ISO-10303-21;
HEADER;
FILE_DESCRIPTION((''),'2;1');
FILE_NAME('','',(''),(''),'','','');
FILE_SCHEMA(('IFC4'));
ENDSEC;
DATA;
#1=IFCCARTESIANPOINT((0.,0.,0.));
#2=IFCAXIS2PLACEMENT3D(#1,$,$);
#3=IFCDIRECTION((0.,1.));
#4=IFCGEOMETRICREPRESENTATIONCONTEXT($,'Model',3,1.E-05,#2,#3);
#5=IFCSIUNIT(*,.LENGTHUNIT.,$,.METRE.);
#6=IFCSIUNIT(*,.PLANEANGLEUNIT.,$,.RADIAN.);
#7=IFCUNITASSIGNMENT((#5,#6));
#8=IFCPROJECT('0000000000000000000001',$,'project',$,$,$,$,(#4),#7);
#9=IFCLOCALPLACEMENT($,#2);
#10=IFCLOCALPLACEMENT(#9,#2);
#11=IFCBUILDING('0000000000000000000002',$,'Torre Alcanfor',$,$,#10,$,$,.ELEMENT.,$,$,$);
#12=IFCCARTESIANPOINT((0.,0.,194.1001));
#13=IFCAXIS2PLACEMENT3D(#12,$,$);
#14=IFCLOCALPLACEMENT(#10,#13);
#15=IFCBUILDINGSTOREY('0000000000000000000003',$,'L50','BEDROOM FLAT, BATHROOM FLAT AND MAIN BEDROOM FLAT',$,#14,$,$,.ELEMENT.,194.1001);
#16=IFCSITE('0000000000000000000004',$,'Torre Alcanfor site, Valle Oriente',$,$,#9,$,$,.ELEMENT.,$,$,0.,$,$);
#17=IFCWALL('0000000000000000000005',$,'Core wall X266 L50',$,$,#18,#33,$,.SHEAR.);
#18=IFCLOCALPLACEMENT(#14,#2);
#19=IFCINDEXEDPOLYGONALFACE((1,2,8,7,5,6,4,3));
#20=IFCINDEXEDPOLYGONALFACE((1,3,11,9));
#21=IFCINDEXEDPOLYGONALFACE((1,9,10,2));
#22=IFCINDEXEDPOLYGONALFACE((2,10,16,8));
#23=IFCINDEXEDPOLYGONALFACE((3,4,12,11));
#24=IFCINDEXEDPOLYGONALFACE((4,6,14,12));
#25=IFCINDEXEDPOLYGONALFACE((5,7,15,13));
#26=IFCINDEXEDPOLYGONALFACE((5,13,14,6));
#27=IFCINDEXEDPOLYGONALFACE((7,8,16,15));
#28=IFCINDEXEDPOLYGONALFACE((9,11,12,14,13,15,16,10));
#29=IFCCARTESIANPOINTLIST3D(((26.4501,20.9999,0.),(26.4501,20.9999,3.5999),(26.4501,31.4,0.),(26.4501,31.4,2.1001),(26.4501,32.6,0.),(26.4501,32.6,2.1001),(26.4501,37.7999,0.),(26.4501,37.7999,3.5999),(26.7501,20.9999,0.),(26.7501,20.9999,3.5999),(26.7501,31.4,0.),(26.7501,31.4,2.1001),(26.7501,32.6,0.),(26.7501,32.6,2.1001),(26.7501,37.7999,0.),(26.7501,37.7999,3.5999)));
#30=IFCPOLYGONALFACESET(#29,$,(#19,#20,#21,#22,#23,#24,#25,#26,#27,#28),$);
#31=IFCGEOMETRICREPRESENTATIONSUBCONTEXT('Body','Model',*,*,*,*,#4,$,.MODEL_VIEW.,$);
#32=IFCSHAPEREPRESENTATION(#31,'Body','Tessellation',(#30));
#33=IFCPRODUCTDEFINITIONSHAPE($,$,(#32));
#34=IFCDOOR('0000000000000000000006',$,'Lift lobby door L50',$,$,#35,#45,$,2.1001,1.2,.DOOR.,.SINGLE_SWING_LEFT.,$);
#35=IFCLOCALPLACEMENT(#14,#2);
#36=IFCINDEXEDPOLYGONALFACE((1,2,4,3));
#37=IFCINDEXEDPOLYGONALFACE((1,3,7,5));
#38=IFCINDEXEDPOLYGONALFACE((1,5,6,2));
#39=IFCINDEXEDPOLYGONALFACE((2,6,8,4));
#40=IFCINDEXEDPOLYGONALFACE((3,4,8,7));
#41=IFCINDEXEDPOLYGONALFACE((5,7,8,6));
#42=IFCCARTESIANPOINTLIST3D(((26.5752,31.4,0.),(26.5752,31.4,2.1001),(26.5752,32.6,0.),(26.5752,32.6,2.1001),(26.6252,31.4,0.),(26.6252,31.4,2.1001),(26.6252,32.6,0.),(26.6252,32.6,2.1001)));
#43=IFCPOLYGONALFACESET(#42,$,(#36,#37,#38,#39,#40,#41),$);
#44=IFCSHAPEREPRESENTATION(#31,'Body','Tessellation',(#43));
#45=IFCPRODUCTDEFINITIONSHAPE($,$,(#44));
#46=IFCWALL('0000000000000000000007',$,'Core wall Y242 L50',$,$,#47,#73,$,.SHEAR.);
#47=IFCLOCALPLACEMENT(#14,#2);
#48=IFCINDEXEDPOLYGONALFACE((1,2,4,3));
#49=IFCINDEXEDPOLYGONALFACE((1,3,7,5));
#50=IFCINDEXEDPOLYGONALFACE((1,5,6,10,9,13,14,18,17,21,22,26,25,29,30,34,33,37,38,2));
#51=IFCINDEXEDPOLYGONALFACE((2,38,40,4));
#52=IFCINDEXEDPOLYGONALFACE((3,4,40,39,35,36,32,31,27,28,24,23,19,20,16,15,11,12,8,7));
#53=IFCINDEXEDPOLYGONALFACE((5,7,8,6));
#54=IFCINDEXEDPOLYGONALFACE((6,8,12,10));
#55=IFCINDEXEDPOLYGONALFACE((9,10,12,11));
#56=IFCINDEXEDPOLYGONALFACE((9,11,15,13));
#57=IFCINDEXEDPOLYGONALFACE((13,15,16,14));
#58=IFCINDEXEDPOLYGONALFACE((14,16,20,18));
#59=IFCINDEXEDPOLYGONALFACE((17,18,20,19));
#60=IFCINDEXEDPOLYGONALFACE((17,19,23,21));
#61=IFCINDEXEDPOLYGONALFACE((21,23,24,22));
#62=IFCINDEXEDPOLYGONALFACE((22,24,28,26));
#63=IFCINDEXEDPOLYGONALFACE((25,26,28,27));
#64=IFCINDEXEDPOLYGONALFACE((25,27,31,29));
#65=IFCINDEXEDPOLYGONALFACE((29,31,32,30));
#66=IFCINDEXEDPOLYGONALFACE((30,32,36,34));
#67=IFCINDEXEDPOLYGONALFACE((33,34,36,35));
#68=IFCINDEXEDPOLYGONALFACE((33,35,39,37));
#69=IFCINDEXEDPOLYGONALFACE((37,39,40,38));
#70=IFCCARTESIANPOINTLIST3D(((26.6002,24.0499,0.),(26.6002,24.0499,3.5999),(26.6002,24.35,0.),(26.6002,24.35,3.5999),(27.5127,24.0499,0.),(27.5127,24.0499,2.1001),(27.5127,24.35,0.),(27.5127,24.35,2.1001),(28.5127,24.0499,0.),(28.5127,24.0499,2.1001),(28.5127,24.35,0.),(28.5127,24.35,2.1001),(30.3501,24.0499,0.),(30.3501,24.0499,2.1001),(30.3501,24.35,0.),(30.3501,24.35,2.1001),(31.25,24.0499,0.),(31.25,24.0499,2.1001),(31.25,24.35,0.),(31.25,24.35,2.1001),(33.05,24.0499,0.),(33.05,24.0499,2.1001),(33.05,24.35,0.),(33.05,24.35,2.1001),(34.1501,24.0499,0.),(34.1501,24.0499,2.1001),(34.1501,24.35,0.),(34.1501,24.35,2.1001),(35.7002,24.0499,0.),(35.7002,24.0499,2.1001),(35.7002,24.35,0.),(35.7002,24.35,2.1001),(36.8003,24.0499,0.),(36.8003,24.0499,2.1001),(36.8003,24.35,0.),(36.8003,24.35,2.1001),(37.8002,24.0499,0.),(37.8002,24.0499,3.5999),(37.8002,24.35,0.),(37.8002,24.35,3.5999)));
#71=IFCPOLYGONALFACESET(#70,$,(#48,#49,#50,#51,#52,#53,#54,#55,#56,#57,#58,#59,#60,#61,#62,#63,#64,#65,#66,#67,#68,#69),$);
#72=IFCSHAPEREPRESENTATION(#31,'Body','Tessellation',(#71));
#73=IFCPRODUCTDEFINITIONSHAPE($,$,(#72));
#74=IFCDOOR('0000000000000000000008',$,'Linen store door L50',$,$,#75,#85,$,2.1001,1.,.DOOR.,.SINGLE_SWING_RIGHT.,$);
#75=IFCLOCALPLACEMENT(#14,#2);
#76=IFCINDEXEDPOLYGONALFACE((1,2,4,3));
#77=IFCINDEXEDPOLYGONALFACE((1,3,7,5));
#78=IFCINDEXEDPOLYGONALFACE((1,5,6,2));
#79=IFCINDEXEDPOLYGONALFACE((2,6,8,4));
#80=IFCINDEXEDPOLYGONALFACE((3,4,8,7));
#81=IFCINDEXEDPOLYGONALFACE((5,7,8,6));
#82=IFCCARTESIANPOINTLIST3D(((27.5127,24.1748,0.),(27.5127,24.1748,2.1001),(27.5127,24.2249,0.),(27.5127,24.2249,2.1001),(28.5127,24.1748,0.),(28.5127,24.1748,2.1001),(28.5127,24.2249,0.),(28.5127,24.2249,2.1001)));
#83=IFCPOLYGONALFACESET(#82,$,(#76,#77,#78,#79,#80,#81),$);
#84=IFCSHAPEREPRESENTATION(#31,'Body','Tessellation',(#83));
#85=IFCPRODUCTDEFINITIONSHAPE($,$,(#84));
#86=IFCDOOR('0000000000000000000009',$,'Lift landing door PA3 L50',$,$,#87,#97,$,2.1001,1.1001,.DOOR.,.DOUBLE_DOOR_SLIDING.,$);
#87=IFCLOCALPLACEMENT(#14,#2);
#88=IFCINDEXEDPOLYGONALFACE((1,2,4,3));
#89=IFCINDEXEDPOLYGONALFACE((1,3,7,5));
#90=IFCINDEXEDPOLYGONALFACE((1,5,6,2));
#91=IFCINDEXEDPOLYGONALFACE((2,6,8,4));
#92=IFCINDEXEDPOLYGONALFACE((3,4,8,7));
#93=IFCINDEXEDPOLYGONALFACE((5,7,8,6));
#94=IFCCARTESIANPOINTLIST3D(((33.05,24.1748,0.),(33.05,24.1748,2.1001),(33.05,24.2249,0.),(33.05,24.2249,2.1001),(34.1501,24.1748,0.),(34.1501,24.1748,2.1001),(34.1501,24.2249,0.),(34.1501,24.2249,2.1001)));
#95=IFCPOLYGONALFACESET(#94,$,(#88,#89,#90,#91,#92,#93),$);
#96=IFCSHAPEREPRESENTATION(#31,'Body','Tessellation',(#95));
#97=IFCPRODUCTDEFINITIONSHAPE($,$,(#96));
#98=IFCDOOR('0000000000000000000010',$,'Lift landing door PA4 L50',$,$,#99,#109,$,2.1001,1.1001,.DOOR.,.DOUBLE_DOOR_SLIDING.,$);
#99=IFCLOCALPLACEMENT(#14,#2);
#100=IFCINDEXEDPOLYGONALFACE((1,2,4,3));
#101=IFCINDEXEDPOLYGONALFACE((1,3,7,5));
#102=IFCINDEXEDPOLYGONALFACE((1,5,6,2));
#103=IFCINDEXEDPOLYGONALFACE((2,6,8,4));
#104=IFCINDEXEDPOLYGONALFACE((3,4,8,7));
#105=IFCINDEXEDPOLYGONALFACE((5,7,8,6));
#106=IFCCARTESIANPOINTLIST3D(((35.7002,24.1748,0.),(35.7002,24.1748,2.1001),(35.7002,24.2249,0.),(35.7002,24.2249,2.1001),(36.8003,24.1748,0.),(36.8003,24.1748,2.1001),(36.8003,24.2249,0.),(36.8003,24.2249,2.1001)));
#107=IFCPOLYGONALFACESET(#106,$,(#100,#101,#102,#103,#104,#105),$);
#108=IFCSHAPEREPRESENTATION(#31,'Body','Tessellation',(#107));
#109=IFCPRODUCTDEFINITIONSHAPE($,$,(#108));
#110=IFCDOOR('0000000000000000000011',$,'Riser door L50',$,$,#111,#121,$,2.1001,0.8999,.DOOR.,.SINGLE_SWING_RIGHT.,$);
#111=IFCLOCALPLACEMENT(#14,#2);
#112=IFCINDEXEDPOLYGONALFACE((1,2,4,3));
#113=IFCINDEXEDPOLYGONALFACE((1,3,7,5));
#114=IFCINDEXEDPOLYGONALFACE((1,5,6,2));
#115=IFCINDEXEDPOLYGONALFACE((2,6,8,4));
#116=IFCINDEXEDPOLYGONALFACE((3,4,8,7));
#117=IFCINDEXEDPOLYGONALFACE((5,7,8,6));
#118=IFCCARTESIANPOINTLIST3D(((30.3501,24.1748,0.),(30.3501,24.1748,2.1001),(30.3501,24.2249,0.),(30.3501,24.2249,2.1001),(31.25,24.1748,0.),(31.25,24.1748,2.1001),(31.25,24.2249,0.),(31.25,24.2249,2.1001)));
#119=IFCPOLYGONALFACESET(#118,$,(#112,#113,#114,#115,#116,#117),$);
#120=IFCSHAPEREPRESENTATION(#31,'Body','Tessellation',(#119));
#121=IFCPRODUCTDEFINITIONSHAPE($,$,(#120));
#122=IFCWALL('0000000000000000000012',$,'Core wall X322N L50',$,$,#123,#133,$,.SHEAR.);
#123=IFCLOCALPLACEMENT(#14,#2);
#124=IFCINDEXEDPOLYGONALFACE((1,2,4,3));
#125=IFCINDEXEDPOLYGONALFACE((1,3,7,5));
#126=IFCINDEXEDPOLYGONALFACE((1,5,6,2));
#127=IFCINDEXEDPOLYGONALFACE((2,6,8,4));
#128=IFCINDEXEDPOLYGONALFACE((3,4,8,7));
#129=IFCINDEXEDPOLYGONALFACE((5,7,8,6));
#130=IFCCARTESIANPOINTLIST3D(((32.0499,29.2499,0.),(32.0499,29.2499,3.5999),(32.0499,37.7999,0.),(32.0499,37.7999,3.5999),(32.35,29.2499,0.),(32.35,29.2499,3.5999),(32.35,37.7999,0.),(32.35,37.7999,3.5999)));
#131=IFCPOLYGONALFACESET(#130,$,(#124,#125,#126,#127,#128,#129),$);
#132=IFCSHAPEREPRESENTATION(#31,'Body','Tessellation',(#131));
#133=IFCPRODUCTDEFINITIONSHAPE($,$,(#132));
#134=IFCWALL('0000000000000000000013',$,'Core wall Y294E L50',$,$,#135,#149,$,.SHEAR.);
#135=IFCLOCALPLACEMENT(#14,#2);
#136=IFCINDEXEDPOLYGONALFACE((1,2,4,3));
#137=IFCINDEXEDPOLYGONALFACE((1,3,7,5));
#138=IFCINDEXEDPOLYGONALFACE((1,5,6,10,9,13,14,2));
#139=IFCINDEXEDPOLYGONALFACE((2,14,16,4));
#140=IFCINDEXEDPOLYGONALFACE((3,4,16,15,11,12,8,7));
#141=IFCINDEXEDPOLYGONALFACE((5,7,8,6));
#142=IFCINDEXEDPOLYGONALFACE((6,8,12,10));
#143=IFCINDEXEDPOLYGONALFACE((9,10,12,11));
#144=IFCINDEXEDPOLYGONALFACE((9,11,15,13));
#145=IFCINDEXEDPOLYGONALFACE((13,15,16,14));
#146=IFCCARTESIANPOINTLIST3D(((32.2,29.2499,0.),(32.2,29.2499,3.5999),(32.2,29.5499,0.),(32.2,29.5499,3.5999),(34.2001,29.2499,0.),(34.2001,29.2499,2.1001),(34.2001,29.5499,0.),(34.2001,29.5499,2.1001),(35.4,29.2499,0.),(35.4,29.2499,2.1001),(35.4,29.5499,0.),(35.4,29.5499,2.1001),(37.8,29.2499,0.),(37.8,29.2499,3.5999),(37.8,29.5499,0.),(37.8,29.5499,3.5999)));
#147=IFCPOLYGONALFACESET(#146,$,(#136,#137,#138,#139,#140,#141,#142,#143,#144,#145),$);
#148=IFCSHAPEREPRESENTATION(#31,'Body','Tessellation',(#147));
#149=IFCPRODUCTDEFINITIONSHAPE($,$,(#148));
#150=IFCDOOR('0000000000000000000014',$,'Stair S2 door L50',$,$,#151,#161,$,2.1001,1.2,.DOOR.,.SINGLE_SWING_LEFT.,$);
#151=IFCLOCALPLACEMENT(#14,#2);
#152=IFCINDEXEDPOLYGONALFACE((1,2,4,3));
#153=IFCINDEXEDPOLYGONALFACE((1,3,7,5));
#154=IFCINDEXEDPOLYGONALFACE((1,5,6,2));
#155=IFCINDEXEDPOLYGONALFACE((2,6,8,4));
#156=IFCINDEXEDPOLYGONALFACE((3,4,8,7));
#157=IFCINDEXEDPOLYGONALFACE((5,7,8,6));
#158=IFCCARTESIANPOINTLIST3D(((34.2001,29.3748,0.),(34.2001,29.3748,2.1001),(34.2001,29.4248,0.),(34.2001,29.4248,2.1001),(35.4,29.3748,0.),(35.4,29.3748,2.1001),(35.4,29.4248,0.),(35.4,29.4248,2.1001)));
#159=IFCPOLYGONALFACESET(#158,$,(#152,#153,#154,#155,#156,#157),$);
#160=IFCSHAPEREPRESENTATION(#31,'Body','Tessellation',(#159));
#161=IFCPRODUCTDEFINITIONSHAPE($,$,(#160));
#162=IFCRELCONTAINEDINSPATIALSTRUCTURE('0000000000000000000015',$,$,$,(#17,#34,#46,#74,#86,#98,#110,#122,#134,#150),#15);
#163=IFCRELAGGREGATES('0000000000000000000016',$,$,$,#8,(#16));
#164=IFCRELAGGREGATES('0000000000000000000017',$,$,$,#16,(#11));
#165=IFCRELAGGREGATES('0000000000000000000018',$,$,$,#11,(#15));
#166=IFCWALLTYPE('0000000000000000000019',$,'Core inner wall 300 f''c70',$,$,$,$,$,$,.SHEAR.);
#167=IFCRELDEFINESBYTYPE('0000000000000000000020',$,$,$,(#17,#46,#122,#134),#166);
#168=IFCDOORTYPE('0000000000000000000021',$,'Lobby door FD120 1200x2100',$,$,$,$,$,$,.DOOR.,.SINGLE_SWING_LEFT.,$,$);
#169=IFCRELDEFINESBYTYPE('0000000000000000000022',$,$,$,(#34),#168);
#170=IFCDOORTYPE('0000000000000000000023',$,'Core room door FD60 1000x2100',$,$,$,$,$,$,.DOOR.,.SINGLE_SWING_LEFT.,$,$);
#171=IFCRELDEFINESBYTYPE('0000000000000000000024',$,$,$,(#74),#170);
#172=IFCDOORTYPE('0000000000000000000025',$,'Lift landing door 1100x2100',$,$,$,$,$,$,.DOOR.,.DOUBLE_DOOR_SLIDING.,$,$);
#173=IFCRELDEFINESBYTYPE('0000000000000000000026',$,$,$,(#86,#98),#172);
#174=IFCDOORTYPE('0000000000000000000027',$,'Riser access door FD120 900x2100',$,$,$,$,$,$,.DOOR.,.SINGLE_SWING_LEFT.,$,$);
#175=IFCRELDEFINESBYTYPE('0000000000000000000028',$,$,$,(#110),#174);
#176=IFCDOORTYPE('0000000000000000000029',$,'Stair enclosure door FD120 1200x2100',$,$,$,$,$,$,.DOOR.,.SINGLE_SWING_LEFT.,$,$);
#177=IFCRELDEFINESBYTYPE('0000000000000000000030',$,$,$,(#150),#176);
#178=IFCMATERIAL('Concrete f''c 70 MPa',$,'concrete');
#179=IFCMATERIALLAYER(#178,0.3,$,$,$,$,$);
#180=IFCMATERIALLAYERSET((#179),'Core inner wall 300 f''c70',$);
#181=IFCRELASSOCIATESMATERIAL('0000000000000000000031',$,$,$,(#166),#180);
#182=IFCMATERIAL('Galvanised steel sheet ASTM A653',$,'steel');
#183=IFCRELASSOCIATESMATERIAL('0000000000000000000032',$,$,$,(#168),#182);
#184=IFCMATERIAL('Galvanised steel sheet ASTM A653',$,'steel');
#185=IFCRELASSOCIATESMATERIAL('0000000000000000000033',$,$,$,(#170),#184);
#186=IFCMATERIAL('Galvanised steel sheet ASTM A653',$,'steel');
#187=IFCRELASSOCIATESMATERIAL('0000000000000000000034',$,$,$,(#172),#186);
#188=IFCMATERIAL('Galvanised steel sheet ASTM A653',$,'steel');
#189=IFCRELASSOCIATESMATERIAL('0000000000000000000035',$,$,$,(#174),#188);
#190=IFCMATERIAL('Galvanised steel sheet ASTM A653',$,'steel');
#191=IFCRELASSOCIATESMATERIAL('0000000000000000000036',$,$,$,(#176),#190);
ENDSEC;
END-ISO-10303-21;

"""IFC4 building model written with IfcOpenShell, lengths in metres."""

from ifc_helpers import new_model, si_unit, direction, frame, frame_2d, origin, place, context, subcontext, project, spatial, rectangle, extrude, material, layer, layer_set, type_object, element, fill, save


model = new_model("IFC4")

# Units and contexts
model_context = context("Model", 3, precision=1e-05, world=origin(), true_north=direction((0.0, 1.0)))
body_context = subcontext(model_context, "Body", "Model", "MODEL_VIEW")
ifc_project = project(units=[si_unit("LENGTHUNIT", "METRE"), si_unit("PLANEANGLEUNIT", "RADIAN")], contexts=[model_context])

# Site, building, storey
site_placement = place(None, origin())
site = spatial("IfcSite", under=ifc_project, at=site_placement, Name="Torre Alcanfor site, Valle Oriente", CompositionType="ELEMENT", RefElevation=0.0)
building_placement = place(site_placement, origin())
building = spatial("IfcBuilding", under=site, at=building_placement, Name="Torre Alcanfor", CompositionType="ELEMENT")
storey_placement = place(building_placement, frame((0.0, 0.0, 194.1001)))
storey = spatial("IfcBuildingStorey", under=building, at=storey_placement, Name="L50", Description="BEDROOM FLAT, BATHROOM FLAT AND MAIN BEDROOM FLAT", CompositionType="ELEMENT", Elevation=194.1001)

# Wall, opening, door
ifc_material_1 = material(Name="Concrete f'c 70 MPa", Category="concrete")
ifc_layer_1 = layer(ifc_material_1, 0.3)
ifc_layer_set_1 = layer_set([ifc_layer_1], Name="Core inner wall 300 f'c70")
wall_type_1 = type_object("IfcWallType", Name="Core inner wall 300 f'c70", PredefinedType="SHEAR", material=ifc_layer_set_1)
wall_1_placement = place(storey_placement, frame((26.6001, 21.0, 0.0), z_axis=(0.0, 0.0, 1.0), x_axis=(0.0, 1.0, 0.0)))
wall_1 = element("IfcWall", 1, at=wall_1_placement, inside=storey, type_object=wall_type_1, Name="Core wall X266 L50", PredefinedType="SHEAR", context=body_context, shape_type="SweptSolid", body=[
    extrude(rectangle(XDim=16.8, YDim=0.3, at=frame_2d((8.3999, 0.0))), origin(), (0.0, 0.0, 1.0), 3.5999),
])
opening_1_placement = place(wall_1_placement, frame((10.3999, 0.0, 0.0)))
opening_1 = element("IfcOpeningElement", 2, at=opening_1_placement, cuts=wall_1, PredefinedType="OPENING", context=body_context, shape_type="SweptSolid", body=[
    extrude(rectangle(XDim=1.2, YDim=2.1001, at=frame_2d((0.6001, 1.05))), frame((0.0, 0.1599, 0.0), z_axis=(0.0, -1.0, 0.0), x_axis=(1.0, 0.0, 0.0)), (0.0, 0.0, 1.0), 0.3201),
])
ifc_material_2 = material(Name="Galvanised steel sheet ASTM A653", Category="steel")
door_type_1 = type_object("IfcDoorType", Name="Lobby door FD120 1200x2100", OperationType="SINGLE_SWING_LEFT", PredefinedType="DOOR", material=ifc_material_2)
door_1_placement = place(opening_1_placement, origin())
door_1 = element("IfcDoor", 3, at=door_1_placement, inside=storey, type_object=door_type_1, Name="Lift lobby door L50", OperationType="SINGLE_SWING_LEFT", OverallHeight=2.1001, OverallWidth=1.2, PredefinedType="DOOR", context=body_context, shape_type="SweptSolid", body=[
    extrude(rectangle(XDim=1.2, YDim=2.1001, at=frame_2d((0.6001, 1.05))), frame((0.0, 0.0249, 0.0), z_axis=(0.0, -1.0, 0.0), x_axis=(1.0, 0.0, 0.0)), (0.0, 0.0, 1.0), 0.05),
])
fill(opening_1, door_1)

# Wall, openings, doors
wall_2_placement = place(storey_placement, frame((26.6001, 24.2, 0.0), z_axis=(0.0, 0.0, 1.0), x_axis=(1.0, 0.0, 0.0)))
wall_2 = element("IfcWall", 4, at=wall_2_placement, inside=storey, type_object=wall_type_1, Name="Core wall Y242 L50", PredefinedType="SHEAR", context=body_context, shape_type="SweptSolid", body=[
    extrude(rectangle(XDim=11.2, YDim=0.3, at=frame_2d((5.6001, 0.0))), origin(), (0.0, 0.0, 1.0), 3.5999),
])
opening_2_placement = place(wall_2_placement, frame((0.9126, 0.0, 0.0)))
opening_2 = element("IfcOpeningElement", 5, at=opening_2_placement, cuts=wall_2, PredefinedType="OPENING", context=body_context, shape_type="SweptSolid", body=[
    extrude(rectangle(XDim=1.0, YDim=2.1001, at=frame_2d((0.5, 1.05))), frame((0.0, 0.1599, 0.0), z_axis=(0.0, -1.0, 0.0), x_axis=(1.0, 0.0, 0.0)), (0.0, 0.0, 1.0), 0.3201),
])
opening_3_placement = place(wall_2_placement, frame((3.75, 0.0, 0.0)))
opening_3 = element("IfcOpeningElement", 6, at=opening_3_placement, cuts=wall_2, PredefinedType="OPENING", context=body_context, shape_type="SweptSolid", body=[
    extrude(rectangle(XDim=0.8999, YDim=2.1001, at=frame_2d((0.45, 1.05))), frame((0.0, 0.1599, 0.0), z_axis=(0.0, -1.0, 0.0), x_axis=(1.0, 0.0, 0.0)), (0.0, 0.0, 1.0), 0.3201),
])
opening_4_placement = place(wall_2_placement, frame((6.45, 0.0, 0.0)))
opening_4 = element("IfcOpeningElement", 7, at=opening_4_placement, cuts=wall_2, PredefinedType="OPENING", context=body_context, shape_type="SweptSolid", body=[
    extrude(rectangle(XDim=1.1001, YDim=2.1001, at=frame_2d((0.55, 1.05))), frame((0.0, 0.1599, 0.0), z_axis=(0.0, -1.0, 0.0), x_axis=(1.0, 0.0, 0.0)), (0.0, 0.0, 1.0), 0.3201),
])
opening_5_placement = place(wall_2_placement, frame((9.1001, 0.0, 0.0)))
opening_5 = element("IfcOpeningElement", 8, at=opening_5_placement, cuts=wall_2, PredefinedType="OPENING", context=body_context, shape_type="SweptSolid", body=[
    extrude(rectangle(XDim=1.1001, YDim=2.1001, at=frame_2d((0.55, 1.05))), frame((0.0, 0.1599, 0.0), z_axis=(0.0, -1.0, 0.0), x_axis=(1.0, 0.0, 0.0)), (0.0, 0.0, 1.0), 0.3201),
])
ifc_material_3 = material(Name="Galvanised steel sheet ASTM A653", Category="steel")
door_type_2 = type_object("IfcDoorType", Name="Core room door FD60 1000x2100", OperationType="SINGLE_SWING_LEFT", PredefinedType="DOOR", material=ifc_material_3)
door_2_placement = place(opening_2_placement, frame((1.0, 0.0, 0.0), z_axis=(0.0, 0.0, 1.0), x_axis=(-1.0, 0.0, 0.0)))
door_2 = element("IfcDoor", 9, at=door_2_placement, inside=storey, type_object=door_type_2, Name="Linen store door L50", OperationType="SINGLE_SWING_RIGHT", OverallHeight=2.1001, OverallWidth=1.0, PredefinedType="DOOR", context=body_context, shape_type="SweptSolid", body=[
    extrude(rectangle(XDim=1.0, YDim=2.1001, at=frame_2d((0.5, 1.05))), frame((0.0, 0.0251, 0.0), z_axis=(0.0, -1.0, 0.0), x_axis=(1.0, 0.0, 0.0)), (0.0, 0.0, 1.0), 0.05),
])
fill(opening_2, door_2)
ifc_material_4 = material(Name="Galvanised steel sheet ASTM A653", Category="steel")
door_type_3 = type_object("IfcDoorType", Name="Lift landing door 1100x2100", OperationType="DOUBLE_DOOR_SLIDING", PredefinedType="DOOR", material=ifc_material_4)
door_3_placement = place(opening_4_placement, origin())
door_3 = element("IfcDoor", 10, at=door_3_placement, inside=storey, type_object=door_type_3, Name="Lift landing door PA3 L50", OperationType="DOUBLE_DOOR_SLIDING", OverallHeight=2.1001, OverallWidth=1.1001, PredefinedType="DOOR", context=body_context, shape_type="SweptSolid", body=[
    extrude(rectangle(XDim=1.1001, YDim=2.1001, at=frame_2d((0.55, 1.05))), frame((0.0, 0.0249, 0.0), z_axis=(0.0, -1.0, 0.0), x_axis=(1.0, 0.0, 0.0)), (0.0, 0.0, 1.0), 0.05),
])
fill(opening_4, door_3)
door_4_placement = place(opening_5_placement, origin())
door_4 = element("IfcDoor", 11, at=door_4_placement, inside=storey, type_object=door_type_3, Name="Lift landing door PA4 L50", OperationType="DOUBLE_DOOR_SLIDING", OverallHeight=2.1001, OverallWidth=1.1001, PredefinedType="DOOR", context=body_context, shape_type="SweptSolid", body=[
    extrude(rectangle(XDim=1.1001, YDim=2.1001, at=frame_2d((0.55, 1.05))), frame((0.0, 0.0249, 0.0), z_axis=(0.0, -1.0, 0.0), x_axis=(1.0, 0.0, 0.0)), (0.0, 0.0, 1.0), 0.05),
])
fill(opening_5, door_4)
ifc_material_5 = material(Name="Galvanised steel sheet ASTM A653", Category="steel")
door_type_4 = type_object("IfcDoorType", Name="Riser access door FD120 900x2100", OperationType="SINGLE_SWING_LEFT", PredefinedType="DOOR", material=ifc_material_5)
door_5_placement = place(opening_3_placement, frame((0.8999, 0.0, 0.0), z_axis=(0.0, 0.0, 1.0), x_axis=(-1.0, 0.0, 0.0)))
door_5 = element("IfcDoor", 12, at=door_5_placement, inside=storey, type_object=door_type_4, Name="Riser door L50", OperationType="SINGLE_SWING_RIGHT", OverallHeight=2.1001, OverallWidth=0.8999, PredefinedType="DOOR", context=body_context, shape_type="SweptSolid", body=[
    extrude(rectangle(XDim=0.8999, YDim=2.1001, at=frame_2d((0.45, 1.05))), frame((0.0, 0.0251, 0.0), z_axis=(0.0, -1.0, 0.0), x_axis=(1.0, 0.0, 0.0)), (0.0, 0.0, 1.0), 0.05),
])
fill(opening_3, door_5)

# Wall
wall_3_placement = place(storey_placement, frame((32.2, 29.25, 0.0), z_axis=(0.0, 0.0, 1.0), x_axis=(0.0, 1.0, 0.0)))
element("IfcWall", 13, at=wall_3_placement, inside=storey, type_object=wall_type_1, Name="Core wall X322N L50", PredefinedType="SHEAR", context=body_context, shape_type="SweptSolid", body=[
    extrude(rectangle(XDim=8.55, YDim=0.3, at=frame_2d((4.2749, 0.0))), origin(), (0.0, 0.0, 1.0), 3.5999),
])

# Wall, opening, door
wall_4_placement = place(storey_placement, frame((32.2, 29.3999, 0.0), z_axis=(0.0, 0.0, 1.0), x_axis=(1.0, 0.0, 0.0)))
wall_4 = element("IfcWall", 14, at=wall_4_placement, inside=storey, type_object=wall_type_1, Name="Core wall Y294E L50", PredefinedType="SHEAR", context=body_context, shape_type="SweptSolid", body=[
    extrude(rectangle(XDim=5.6001, YDim=0.3, at=frame_2d((2.8, 0.0))), origin(), (0.0, 0.0, 1.0), 3.5999),
])
opening_6_placement = place(wall_4_placement, frame((2.0, 0.0, 0.0)))
opening_6 = element("IfcOpeningElement", 15, at=opening_6_placement, cuts=wall_4, PredefinedType="OPENING", context=body_context, shape_type="SweptSolid", body=[
    extrude(rectangle(XDim=1.2, YDim=2.1001, at=frame_2d((0.6001, 1.05))), frame((0.0, 0.1599, 0.0), z_axis=(0.0, -1.0, 0.0), x_axis=(1.0, 0.0, 0.0)), (0.0, 0.0, 1.0), 0.3201),
])
ifc_material_6 = material(Name="Galvanised steel sheet ASTM A653", Category="steel")
door_type_5 = type_object("IfcDoorType", Name="Stair enclosure door FD120 1200x2100", OperationType="SINGLE_SWING_LEFT", PredefinedType="DOOR", material=ifc_material_6)
door_6_placement = place(opening_6_placement, origin())
door_6 = element("IfcDoor", 16, at=door_6_placement, inside=storey, type_object=door_type_5, Name="Stair S2 door L50", OperationType="SINGLE_SWING_LEFT", OverallHeight=2.1001, OverallWidth=1.2, PredefinedType="DOOR", context=body_context, shape_type="SweptSolid", body=[
    extrude(rectangle(XDim=1.2, YDim=2.1001, at=frame_2d((0.6001, 1.05))), frame((0.0, 0.0249, 0.0), z_axis=(0.0, -1.0, 0.0), x_axis=(1.0, 0.0, 0.0)), (0.0, 0.0, 1.0), 0.05),
])
fill(opening_6, door_6)

save(model, "model.ifc")
